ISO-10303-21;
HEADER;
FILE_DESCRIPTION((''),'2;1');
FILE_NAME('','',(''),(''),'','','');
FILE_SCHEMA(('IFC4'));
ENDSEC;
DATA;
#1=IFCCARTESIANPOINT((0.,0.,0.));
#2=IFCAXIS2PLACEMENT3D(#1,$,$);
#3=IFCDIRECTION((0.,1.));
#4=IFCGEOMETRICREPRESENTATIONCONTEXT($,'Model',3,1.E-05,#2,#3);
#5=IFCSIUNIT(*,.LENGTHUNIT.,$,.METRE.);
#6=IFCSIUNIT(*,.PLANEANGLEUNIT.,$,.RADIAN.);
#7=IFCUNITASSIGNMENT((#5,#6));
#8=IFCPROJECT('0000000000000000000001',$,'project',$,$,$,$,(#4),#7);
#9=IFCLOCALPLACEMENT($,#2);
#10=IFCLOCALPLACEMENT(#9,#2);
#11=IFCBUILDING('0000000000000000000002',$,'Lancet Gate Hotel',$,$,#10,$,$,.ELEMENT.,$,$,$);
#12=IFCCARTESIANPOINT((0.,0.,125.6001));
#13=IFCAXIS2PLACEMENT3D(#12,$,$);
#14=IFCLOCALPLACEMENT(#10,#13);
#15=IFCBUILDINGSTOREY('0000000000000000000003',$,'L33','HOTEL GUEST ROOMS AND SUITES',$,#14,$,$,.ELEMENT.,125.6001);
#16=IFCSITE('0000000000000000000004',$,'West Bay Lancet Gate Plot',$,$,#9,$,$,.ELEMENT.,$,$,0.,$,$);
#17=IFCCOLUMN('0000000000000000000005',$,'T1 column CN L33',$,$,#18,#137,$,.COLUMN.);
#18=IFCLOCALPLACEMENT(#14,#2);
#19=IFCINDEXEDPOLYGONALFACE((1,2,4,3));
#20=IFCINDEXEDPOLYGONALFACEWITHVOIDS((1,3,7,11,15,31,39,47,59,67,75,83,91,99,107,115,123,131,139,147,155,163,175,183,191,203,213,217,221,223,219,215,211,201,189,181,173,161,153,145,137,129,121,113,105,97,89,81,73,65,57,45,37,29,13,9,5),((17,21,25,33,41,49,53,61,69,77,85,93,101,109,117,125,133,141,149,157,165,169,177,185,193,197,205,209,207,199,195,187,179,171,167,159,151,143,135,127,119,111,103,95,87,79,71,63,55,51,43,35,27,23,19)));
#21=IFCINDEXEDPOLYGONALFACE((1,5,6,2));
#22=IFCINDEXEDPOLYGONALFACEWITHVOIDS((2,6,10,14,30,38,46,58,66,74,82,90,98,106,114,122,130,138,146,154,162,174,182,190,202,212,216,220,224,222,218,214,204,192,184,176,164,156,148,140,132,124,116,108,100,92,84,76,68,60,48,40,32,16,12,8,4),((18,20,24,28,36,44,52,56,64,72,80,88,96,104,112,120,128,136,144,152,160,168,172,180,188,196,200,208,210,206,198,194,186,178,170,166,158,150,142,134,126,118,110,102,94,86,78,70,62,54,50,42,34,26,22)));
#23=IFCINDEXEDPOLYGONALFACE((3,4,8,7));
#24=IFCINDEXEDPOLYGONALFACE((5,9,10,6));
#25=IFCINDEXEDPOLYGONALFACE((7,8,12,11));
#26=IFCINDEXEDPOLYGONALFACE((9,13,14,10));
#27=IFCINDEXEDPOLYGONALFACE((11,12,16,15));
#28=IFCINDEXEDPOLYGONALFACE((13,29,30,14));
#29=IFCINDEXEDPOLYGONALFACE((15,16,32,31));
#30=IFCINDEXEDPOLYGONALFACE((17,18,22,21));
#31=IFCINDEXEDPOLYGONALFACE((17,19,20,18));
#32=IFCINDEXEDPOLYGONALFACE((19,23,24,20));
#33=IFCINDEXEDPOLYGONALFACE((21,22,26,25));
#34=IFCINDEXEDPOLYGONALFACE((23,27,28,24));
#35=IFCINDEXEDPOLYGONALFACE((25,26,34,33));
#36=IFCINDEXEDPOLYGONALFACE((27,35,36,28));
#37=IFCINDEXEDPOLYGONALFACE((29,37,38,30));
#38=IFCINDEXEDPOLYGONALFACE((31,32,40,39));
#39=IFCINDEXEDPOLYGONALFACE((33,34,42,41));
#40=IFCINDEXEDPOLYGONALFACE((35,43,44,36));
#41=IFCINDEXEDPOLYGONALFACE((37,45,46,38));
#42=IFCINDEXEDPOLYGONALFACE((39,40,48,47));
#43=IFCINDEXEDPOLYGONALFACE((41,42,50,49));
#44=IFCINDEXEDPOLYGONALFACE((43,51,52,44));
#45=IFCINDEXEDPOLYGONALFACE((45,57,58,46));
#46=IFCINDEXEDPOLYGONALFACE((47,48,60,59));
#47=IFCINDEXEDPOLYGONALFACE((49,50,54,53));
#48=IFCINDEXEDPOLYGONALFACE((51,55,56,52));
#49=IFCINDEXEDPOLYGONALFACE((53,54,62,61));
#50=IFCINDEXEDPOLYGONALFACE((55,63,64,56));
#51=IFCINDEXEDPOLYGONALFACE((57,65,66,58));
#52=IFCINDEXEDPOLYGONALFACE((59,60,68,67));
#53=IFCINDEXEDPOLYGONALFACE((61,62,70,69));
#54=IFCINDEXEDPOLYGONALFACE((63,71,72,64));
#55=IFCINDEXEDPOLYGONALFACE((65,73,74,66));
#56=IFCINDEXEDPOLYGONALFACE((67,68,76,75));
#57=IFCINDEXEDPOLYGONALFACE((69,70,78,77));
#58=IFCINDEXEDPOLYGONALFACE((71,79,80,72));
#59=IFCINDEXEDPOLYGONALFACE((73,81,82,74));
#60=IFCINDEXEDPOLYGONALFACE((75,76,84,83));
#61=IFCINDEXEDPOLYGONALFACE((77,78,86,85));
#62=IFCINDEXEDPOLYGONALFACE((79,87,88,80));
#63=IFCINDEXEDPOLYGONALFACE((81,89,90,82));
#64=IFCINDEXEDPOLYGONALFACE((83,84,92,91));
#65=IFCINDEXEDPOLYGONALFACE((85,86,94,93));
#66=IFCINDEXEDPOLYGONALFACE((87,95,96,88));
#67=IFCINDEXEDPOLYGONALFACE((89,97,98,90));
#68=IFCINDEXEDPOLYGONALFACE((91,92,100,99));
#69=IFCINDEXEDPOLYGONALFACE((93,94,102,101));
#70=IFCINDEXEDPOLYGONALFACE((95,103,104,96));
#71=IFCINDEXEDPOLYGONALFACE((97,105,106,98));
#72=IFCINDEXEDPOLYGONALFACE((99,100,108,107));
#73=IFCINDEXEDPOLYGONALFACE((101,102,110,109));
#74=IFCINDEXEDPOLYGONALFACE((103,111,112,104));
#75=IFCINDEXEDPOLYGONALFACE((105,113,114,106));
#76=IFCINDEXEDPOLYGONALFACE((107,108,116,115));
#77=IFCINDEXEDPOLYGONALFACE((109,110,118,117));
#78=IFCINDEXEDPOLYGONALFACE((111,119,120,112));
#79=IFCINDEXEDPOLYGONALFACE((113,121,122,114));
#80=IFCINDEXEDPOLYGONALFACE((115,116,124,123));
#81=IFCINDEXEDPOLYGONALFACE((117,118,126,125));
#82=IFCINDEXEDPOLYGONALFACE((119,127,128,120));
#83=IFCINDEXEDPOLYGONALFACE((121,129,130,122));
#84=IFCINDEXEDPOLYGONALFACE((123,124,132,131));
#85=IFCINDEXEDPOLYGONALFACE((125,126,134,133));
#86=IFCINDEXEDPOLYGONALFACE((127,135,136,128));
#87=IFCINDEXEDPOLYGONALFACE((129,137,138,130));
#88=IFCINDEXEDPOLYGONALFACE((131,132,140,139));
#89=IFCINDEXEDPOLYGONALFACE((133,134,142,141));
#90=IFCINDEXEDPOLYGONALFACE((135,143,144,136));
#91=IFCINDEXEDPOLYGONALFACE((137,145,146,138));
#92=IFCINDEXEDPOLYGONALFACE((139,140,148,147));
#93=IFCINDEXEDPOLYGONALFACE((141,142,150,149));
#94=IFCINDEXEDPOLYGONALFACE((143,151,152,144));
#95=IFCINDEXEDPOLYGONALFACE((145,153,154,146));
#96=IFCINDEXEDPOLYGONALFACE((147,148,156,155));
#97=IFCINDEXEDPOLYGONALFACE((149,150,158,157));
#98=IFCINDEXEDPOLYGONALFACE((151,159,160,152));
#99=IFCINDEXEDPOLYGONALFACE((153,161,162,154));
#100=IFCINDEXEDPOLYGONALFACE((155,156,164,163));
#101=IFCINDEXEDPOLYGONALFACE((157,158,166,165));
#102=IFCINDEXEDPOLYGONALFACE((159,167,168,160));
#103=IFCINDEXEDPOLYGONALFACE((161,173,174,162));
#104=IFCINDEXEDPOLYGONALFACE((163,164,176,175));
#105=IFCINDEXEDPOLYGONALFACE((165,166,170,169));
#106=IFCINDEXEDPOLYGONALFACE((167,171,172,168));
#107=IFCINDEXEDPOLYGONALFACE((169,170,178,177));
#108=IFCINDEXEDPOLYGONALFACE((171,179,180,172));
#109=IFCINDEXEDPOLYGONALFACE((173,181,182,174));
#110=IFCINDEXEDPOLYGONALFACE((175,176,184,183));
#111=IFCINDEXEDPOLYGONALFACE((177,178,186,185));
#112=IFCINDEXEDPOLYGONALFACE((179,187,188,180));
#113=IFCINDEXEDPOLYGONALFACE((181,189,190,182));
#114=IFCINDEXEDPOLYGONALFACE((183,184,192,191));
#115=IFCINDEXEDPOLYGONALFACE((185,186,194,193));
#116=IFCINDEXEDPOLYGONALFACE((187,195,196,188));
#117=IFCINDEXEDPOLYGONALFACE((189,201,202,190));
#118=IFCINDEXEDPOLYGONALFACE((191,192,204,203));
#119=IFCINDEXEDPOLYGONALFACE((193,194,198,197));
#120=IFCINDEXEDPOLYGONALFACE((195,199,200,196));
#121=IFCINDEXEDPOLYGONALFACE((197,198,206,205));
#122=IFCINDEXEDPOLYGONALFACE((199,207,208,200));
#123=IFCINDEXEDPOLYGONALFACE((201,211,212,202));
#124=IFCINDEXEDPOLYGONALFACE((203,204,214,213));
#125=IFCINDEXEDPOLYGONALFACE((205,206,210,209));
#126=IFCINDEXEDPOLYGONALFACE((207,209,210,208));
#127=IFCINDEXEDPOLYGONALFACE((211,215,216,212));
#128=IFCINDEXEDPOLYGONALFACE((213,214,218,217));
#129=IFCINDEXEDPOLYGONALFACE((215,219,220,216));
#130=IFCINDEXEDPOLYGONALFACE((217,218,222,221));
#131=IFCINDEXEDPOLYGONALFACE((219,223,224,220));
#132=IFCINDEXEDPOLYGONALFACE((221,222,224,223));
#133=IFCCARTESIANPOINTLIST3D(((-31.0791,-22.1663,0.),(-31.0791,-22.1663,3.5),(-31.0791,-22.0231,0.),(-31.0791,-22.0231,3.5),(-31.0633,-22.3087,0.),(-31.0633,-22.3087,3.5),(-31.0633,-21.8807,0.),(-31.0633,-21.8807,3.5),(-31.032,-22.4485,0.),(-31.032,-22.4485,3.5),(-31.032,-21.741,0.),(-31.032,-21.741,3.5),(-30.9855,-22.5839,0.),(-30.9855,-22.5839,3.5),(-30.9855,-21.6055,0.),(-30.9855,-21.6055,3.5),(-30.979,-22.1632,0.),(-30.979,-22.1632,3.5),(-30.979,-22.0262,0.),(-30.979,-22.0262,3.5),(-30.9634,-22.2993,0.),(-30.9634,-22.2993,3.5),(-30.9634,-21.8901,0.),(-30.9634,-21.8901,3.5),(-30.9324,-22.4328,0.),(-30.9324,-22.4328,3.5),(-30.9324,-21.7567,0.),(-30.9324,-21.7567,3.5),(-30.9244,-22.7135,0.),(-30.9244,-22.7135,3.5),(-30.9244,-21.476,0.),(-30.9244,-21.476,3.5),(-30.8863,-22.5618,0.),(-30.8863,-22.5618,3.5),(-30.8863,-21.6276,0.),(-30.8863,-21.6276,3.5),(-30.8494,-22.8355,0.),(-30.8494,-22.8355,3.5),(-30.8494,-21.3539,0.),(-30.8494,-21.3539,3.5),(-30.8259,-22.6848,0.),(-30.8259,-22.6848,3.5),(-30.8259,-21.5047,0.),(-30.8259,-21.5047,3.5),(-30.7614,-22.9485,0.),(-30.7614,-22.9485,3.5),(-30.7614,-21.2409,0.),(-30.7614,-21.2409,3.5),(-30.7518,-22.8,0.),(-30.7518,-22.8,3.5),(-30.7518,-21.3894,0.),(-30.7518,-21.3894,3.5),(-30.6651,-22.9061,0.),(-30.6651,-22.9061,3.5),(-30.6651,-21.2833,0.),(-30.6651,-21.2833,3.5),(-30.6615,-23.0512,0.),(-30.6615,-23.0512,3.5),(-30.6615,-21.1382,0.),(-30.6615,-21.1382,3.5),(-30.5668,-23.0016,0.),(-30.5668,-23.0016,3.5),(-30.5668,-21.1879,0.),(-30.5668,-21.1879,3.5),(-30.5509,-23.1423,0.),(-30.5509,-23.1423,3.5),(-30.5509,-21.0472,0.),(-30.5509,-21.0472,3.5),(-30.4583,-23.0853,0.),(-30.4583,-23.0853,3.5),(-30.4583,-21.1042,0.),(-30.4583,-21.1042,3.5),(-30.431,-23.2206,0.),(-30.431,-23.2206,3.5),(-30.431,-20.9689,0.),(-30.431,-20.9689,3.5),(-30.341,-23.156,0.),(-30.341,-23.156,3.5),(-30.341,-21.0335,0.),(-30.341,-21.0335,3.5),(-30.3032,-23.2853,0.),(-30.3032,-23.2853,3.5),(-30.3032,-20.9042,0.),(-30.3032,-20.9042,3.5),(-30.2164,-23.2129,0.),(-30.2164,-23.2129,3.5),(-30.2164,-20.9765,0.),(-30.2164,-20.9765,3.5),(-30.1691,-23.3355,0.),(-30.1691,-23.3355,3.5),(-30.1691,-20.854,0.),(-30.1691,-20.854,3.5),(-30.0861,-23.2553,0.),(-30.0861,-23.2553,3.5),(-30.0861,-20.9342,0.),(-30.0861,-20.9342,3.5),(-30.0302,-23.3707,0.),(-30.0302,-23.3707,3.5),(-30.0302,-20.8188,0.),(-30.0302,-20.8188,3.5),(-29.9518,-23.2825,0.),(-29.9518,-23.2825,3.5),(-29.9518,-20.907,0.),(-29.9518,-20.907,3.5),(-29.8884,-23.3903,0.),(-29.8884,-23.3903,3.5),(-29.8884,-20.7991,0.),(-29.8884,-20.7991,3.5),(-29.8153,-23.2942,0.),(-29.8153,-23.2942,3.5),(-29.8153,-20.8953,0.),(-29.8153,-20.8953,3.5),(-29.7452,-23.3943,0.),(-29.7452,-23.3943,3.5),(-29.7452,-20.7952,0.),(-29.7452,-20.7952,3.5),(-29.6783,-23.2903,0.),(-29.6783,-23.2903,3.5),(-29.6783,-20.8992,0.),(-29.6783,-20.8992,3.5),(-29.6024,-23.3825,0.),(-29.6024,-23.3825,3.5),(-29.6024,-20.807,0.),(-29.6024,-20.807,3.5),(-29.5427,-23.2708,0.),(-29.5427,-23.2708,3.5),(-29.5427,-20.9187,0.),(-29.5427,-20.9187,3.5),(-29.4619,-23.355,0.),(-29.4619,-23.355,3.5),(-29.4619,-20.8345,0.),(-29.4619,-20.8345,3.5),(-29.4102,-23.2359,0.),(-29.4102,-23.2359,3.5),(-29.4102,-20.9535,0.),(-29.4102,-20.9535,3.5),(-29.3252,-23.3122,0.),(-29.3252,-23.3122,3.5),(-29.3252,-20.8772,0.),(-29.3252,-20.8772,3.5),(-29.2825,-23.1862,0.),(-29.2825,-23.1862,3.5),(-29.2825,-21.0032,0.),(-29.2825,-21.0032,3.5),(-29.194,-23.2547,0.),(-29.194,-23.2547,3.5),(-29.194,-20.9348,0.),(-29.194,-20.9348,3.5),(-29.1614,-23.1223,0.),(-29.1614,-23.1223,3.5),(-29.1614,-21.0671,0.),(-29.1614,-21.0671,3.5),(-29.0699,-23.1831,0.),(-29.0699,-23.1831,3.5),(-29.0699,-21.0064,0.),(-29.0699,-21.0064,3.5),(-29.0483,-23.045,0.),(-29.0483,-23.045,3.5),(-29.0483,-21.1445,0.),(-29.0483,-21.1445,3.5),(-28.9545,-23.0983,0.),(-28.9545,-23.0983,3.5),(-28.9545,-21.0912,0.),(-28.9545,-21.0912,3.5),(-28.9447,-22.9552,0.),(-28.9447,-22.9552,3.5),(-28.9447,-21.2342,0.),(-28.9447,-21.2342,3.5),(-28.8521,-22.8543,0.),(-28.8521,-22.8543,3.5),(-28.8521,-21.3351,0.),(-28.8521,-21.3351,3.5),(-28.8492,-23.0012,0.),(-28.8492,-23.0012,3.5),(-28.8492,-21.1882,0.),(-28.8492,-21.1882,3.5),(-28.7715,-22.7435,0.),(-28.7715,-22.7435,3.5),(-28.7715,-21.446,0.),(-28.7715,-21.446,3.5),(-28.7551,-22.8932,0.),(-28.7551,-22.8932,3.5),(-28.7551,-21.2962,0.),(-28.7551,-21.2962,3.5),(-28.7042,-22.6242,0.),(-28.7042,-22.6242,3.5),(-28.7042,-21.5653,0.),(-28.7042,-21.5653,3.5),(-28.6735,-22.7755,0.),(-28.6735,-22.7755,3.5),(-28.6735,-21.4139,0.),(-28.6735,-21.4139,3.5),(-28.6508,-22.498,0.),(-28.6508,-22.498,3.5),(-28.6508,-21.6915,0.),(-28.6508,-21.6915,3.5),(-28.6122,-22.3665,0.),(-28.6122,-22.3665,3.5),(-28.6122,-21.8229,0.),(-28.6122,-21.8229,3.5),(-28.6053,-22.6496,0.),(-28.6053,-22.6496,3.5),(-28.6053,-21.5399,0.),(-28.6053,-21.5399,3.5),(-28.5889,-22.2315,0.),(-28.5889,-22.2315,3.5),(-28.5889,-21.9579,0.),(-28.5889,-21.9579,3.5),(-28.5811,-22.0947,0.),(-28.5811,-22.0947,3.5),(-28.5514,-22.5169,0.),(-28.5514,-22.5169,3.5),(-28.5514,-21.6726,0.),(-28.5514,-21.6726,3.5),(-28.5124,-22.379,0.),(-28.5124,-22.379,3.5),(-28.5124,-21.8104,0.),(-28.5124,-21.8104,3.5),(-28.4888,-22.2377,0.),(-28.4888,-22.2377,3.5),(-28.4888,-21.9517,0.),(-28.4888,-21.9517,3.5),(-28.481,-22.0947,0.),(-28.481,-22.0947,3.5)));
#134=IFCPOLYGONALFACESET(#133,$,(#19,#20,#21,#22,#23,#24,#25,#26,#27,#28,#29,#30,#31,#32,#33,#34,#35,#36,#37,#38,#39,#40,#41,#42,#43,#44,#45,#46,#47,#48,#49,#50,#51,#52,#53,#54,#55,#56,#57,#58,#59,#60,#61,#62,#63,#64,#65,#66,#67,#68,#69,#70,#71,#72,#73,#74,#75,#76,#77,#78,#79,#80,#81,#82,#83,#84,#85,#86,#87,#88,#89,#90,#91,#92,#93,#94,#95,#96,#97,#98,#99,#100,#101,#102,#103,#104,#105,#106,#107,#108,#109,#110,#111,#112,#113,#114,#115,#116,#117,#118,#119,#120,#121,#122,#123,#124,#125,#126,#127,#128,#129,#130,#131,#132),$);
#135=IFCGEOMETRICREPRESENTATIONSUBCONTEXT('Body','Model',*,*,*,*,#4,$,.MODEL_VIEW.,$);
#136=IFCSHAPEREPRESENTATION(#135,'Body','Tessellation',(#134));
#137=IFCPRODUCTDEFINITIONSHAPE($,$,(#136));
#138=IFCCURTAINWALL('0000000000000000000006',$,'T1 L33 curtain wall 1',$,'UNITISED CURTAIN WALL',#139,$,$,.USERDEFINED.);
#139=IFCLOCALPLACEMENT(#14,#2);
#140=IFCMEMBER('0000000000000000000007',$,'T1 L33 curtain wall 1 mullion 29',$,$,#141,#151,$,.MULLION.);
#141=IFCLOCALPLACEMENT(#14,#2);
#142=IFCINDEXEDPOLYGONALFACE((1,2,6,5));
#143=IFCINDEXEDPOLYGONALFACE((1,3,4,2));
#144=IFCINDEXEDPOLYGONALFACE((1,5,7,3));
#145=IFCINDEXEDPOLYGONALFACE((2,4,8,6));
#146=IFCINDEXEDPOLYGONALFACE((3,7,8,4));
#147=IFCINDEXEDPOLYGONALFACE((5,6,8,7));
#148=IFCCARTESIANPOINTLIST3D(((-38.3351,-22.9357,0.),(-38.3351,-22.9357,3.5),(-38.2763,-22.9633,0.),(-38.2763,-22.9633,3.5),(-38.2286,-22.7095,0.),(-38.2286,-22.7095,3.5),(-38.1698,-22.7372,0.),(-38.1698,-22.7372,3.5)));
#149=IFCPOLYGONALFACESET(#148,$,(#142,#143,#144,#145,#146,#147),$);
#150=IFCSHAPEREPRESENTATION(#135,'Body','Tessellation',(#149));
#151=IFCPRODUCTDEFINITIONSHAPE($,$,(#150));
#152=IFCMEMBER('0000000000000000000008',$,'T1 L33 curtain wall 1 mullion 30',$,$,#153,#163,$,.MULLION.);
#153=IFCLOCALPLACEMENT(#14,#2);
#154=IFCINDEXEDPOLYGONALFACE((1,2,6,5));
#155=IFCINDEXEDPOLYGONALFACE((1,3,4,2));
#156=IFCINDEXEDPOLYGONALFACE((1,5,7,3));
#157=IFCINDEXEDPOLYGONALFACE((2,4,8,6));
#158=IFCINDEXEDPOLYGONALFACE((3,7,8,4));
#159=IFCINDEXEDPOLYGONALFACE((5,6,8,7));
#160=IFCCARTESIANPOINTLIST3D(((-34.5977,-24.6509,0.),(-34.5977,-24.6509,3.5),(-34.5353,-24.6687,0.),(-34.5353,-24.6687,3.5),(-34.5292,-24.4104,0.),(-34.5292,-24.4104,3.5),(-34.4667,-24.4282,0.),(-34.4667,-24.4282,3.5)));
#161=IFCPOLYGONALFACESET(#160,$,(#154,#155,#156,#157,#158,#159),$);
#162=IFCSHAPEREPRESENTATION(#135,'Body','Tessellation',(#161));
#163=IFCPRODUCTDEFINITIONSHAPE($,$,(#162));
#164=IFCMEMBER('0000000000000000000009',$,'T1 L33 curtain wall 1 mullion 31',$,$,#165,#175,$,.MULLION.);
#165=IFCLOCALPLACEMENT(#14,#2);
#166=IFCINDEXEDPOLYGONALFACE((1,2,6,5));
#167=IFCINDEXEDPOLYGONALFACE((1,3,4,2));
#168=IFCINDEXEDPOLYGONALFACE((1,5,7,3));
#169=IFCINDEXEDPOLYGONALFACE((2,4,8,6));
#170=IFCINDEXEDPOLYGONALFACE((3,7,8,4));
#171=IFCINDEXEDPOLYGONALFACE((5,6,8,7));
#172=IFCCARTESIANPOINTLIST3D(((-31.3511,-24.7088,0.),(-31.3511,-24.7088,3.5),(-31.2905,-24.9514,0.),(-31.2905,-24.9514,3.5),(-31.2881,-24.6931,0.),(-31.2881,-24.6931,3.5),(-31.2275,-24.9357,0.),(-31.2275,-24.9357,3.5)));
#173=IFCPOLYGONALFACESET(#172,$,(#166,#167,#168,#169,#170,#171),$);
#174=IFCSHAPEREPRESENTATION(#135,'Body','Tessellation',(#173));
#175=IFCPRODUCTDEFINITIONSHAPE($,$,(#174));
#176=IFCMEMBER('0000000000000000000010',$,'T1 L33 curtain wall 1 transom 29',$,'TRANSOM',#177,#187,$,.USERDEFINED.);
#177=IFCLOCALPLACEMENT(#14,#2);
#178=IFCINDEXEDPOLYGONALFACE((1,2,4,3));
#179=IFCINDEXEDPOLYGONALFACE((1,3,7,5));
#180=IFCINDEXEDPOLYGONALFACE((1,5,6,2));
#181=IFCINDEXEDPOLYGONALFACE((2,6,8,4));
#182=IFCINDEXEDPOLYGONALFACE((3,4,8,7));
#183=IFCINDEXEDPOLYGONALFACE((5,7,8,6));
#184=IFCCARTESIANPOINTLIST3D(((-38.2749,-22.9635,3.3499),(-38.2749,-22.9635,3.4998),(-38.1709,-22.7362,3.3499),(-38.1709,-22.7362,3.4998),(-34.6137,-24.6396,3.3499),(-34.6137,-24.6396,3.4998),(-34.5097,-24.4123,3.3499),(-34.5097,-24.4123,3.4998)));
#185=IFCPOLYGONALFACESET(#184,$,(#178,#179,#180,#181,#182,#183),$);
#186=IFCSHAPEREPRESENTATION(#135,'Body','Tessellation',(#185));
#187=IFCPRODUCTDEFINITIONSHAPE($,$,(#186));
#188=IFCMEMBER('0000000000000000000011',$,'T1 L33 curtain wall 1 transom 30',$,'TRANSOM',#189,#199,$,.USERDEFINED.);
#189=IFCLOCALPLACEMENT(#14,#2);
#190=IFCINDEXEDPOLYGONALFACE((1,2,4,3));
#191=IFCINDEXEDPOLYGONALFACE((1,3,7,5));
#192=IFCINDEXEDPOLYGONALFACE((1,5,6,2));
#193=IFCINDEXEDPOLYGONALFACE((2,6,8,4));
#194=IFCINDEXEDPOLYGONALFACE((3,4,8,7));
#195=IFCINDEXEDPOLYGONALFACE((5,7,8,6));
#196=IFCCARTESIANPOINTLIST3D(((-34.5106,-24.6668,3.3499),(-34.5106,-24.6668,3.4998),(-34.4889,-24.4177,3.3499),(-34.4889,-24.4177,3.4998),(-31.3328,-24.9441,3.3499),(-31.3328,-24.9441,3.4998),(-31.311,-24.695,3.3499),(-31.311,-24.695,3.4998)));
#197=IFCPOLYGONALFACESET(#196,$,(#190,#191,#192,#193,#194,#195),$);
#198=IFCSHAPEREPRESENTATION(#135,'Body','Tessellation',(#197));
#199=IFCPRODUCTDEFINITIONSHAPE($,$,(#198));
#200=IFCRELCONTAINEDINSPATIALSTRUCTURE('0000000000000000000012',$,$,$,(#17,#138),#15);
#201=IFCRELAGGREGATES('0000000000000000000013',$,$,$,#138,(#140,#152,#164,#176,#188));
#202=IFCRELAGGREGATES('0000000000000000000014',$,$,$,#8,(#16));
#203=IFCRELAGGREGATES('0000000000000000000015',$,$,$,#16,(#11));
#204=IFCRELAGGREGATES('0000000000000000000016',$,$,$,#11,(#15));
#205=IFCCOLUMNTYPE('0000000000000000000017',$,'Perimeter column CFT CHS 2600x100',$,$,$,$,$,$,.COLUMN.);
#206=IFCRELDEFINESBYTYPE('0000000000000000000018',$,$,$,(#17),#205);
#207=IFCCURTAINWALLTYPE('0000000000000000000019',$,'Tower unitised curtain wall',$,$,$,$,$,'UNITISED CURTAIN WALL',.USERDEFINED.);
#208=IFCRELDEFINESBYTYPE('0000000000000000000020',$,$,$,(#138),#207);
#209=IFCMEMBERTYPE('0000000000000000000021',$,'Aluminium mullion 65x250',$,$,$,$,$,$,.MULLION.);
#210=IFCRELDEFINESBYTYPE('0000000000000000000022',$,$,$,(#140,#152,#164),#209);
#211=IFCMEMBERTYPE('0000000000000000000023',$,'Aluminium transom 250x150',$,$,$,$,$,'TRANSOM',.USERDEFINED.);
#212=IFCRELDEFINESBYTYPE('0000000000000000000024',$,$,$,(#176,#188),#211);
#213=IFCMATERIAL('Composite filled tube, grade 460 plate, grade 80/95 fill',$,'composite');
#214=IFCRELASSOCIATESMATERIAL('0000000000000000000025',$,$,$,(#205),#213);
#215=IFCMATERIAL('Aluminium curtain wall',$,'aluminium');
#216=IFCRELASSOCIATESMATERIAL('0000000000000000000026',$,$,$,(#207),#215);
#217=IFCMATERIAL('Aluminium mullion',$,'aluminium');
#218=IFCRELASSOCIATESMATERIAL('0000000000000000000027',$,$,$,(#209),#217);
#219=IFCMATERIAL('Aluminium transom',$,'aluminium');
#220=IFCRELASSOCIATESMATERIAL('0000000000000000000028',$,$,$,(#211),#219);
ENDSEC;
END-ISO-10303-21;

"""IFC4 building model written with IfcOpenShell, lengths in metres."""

from ifc_helpers import new_model, si_unit, direction, frame, origin, origin_2d, place, context, subcontext, project, spatial, rectangle, hollow_circle, extrude, material, material_profile, profile_set, type_object, element, aggregate, save


model = new_model("IFC4")

# Units and contexts
model_context = context("Model", 3, precision=1e-05, world=origin(), true_north=direction((0.0, 1.0)))
body_context = subcontext(model_context, "Body", "Model", "MODEL_VIEW")
ifc_project = project(units=[si_unit("LENGTHUNIT", "METRE"), si_unit("PLANEANGLEUNIT", "RADIAN")], contexts=[model_context])

# Site, building, storey
site_placement = place(None, origin())
site = spatial("IfcSite", under=ifc_project, at=site_placement, Name="West Bay Lancet Gate Plot", CompositionType="ELEMENT", RefElevation=0.0)
building_placement = place(site_placement, origin())
building = spatial("IfcBuilding", under=site, at=building_placement, Name="Lancet Gate Hotel", CompositionType="ELEMENT")
storey_placement = place(building_placement, frame((0.0, 0.0, 125.6001)))
storey = spatial("IfcBuildingStorey", under=building, at=storey_placement, Name="L33", Description="HOTEL GUEST ROOMS AND SUITES", CompositionType="ELEMENT", Elevation=125.6001)

# Column
ifc_material_1 = material(Name="Composite filled tube, grade 460 plate, grade 80/95 fill", Category="composite")
ifc_material_profile_1 = material_profile(ifc_material_1, hollow_circle(Radius=1.3, WallThickness=0.1001, at=origin_2d()), Name="CHS 2600x100")
ifc_profile_set_1 = profile_set([ifc_material_profile_1], Name="Composite filled tube, grade 460 plate, grade 80/95 fill")
column_type = type_object("IfcColumnType", Name="Perimeter column CFT CHS 2600x100", PredefinedType="COLUMN", material=ifc_profile_set_1)
column_placement = place(storey_placement, frame((-29.781, -22.0947, 0.0), z_axis=(0.0, 0.0, 1.0), x_axis=(1.0, 0.0, 0.0)))
element("IfcColumn", 1, at=column_placement, inside=storey, type_object=column_type, Name="T1 column CN L33", PredefinedType="COLUMN", context=body_context, shape_type="SweptSolid", body=[
    extrude(hollow_circle(Radius=1.3, WallThickness=0.1001, at=origin_2d()), origin(), (0.0, 0.0, 1.0), 3.5),
])

# Curtain wall, members
ifc_material_2 = material(Name="Aluminium curtain wall", Category="aluminium")
curtain_wall_type = type_object("IfcCurtainWallType", Name="Tower unitised curtain wall", ElementType="UNITISED CURTAIN WALL", PredefinedType="USERDEFINED", material=ifc_material_2)
curtain_wall_placement = place(storey_placement, origin())
curtain_wall = element("IfcCurtainWall", 2, at=curtain_wall_placement, inside=storey, type_object=curtain_wall_type, Name="T1 L33 curtain wall 1", ObjectType="UNITISED CURTAIN WALL", PredefinedType="USERDEFINED")
ifc_material_3 = material(Name="Aluminium mullion", Category="aluminium")
ifc_material_profile_2 = material_profile(ifc_material_3, rectangle(XDim=0.0649, YDim=0.25, at=origin_2d()), Name="MULLION 65x250")
ifc_profile_set_2 = profile_set([ifc_material_profile_2], Name="Aluminium mullion")
member_type_1 = type_object("IfcMemberType", Name="Aluminium mullion 65x250", PredefinedType="MULLION", material=ifc_profile_set_2)
member_1_placement = place(storey_placement, frame((-38.2524, -22.8364, 0.0), z_axis=(0.0, 0.0, 1.0), x_axis=(0.90472, -0.426008, 0.0)))
member_1 = element("IfcMember", 3, at=member_1_placement, type_object=member_type_1, Name="T1 L33 curtain wall 1 mullion 29", PredefinedType="MULLION", context=body_context, shape_type="SweptSolid", body=[
    extrude(rectangle(XDim=0.0649, YDim=0.25, at=origin_2d()), origin(), (0.0, 0.0, 1.0), 3.5),
])
member_2_placement = place(storey_placement, frame((-34.5322, -24.5396, 0.0), z_axis=(0.0, 0.0, 1.0), x_axis=(0.961653, -0.274268, 0.0)))
member_2 = element("IfcMember", 4, at=member_2_placement, type_object=member_type_1, Name="T1 L33 curtain wall 1 mullion 30", PredefinedType="MULLION", context=body_context, shape_type="SweptSolid", body=[
    extrude(rectangle(XDim=0.0649, YDim=0.25, at=origin_2d()), origin(), (0.0, 0.0, 1.0), 3.5),
])
member_3_placement = place(storey_placement, frame((-31.2893, -24.8223, 0.0), z_axis=(0.0, 0.0, 1.0), x_axis=(0.970242, 0.242137, 0.0)))
member_3 = element("IfcMember", 5, at=member_3_placement, type_object=member_type_1, Name="T1 L33 curtain wall 1 mullion 31", PredefinedType="MULLION", context=body_context, shape_type="SweptSolid", body=[
    extrude(rectangle(XDim=0.0649, YDim=0.25, at=origin_2d()), origin(), (0.0, 0.0, 1.0), 3.5),
])
ifc_material_4 = material(Name="Aluminium transom", Category="aluminium")
ifc_material_profile_3 = material_profile(ifc_material_4, rectangle(XDim=0.25, YDim=0.1499, at=origin_2d()), Name="TRANSOM 250x150")
ifc_profile_set_3 = profile_set([ifc_material_profile_3], Name="Aluminium transom")
member_type_2 = type_object("IfcMemberType", Name="Aluminium transom 250x150", ElementType="TRANSOM", PredefinedType="USERDEFINED", material=ifc_profile_set_3)
member_4_placement = place(storey_placement, frame((-38.2229, -22.8499, 3.4248), z_axis=(0.909252, -0.416245, 0.0), x_axis=(0.416245, 0.909252, 0.0)))
member_4 = element("IfcMember", 6, at=member_4_placement, type_object=member_type_2, Name="T1 L33 curtain wall 1 transom 29", ObjectType="TRANSOM", PredefinedType="USERDEFINED", context=body_context, shape_type="SweptSolid", body=[
    extrude(rectangle(XDim=0.25, YDim=0.1499, at=origin_2d()), origin(), (0.0, 0.0, 1.0), 4.0266),
])
member_5_placement = place(storey_placement, frame((-34.4998, -24.5422, 3.4248), z_axis=(0.996214, -0.08694, 0.0), x_axis=(0.08694, 0.996214, 0.0)))
member_5 = element("IfcMember", 7, at=member_5_placement, type_object=member_type_2, Name="T1 L33 curtain wall 1 transom 30", ObjectType="TRANSOM", PredefinedType="USERDEFINED", context=body_context, shape_type="SweptSolid", body=[
    extrude(rectangle(XDim=0.25, YDim=0.1499, at=origin_2d()), origin(), (0.0, 0.0, 1.0), 3.1899),
])

aggregate(curtain_wall, [member_1, member_2, member_3, member_4, member_5])

save(model, "model.ifc")
